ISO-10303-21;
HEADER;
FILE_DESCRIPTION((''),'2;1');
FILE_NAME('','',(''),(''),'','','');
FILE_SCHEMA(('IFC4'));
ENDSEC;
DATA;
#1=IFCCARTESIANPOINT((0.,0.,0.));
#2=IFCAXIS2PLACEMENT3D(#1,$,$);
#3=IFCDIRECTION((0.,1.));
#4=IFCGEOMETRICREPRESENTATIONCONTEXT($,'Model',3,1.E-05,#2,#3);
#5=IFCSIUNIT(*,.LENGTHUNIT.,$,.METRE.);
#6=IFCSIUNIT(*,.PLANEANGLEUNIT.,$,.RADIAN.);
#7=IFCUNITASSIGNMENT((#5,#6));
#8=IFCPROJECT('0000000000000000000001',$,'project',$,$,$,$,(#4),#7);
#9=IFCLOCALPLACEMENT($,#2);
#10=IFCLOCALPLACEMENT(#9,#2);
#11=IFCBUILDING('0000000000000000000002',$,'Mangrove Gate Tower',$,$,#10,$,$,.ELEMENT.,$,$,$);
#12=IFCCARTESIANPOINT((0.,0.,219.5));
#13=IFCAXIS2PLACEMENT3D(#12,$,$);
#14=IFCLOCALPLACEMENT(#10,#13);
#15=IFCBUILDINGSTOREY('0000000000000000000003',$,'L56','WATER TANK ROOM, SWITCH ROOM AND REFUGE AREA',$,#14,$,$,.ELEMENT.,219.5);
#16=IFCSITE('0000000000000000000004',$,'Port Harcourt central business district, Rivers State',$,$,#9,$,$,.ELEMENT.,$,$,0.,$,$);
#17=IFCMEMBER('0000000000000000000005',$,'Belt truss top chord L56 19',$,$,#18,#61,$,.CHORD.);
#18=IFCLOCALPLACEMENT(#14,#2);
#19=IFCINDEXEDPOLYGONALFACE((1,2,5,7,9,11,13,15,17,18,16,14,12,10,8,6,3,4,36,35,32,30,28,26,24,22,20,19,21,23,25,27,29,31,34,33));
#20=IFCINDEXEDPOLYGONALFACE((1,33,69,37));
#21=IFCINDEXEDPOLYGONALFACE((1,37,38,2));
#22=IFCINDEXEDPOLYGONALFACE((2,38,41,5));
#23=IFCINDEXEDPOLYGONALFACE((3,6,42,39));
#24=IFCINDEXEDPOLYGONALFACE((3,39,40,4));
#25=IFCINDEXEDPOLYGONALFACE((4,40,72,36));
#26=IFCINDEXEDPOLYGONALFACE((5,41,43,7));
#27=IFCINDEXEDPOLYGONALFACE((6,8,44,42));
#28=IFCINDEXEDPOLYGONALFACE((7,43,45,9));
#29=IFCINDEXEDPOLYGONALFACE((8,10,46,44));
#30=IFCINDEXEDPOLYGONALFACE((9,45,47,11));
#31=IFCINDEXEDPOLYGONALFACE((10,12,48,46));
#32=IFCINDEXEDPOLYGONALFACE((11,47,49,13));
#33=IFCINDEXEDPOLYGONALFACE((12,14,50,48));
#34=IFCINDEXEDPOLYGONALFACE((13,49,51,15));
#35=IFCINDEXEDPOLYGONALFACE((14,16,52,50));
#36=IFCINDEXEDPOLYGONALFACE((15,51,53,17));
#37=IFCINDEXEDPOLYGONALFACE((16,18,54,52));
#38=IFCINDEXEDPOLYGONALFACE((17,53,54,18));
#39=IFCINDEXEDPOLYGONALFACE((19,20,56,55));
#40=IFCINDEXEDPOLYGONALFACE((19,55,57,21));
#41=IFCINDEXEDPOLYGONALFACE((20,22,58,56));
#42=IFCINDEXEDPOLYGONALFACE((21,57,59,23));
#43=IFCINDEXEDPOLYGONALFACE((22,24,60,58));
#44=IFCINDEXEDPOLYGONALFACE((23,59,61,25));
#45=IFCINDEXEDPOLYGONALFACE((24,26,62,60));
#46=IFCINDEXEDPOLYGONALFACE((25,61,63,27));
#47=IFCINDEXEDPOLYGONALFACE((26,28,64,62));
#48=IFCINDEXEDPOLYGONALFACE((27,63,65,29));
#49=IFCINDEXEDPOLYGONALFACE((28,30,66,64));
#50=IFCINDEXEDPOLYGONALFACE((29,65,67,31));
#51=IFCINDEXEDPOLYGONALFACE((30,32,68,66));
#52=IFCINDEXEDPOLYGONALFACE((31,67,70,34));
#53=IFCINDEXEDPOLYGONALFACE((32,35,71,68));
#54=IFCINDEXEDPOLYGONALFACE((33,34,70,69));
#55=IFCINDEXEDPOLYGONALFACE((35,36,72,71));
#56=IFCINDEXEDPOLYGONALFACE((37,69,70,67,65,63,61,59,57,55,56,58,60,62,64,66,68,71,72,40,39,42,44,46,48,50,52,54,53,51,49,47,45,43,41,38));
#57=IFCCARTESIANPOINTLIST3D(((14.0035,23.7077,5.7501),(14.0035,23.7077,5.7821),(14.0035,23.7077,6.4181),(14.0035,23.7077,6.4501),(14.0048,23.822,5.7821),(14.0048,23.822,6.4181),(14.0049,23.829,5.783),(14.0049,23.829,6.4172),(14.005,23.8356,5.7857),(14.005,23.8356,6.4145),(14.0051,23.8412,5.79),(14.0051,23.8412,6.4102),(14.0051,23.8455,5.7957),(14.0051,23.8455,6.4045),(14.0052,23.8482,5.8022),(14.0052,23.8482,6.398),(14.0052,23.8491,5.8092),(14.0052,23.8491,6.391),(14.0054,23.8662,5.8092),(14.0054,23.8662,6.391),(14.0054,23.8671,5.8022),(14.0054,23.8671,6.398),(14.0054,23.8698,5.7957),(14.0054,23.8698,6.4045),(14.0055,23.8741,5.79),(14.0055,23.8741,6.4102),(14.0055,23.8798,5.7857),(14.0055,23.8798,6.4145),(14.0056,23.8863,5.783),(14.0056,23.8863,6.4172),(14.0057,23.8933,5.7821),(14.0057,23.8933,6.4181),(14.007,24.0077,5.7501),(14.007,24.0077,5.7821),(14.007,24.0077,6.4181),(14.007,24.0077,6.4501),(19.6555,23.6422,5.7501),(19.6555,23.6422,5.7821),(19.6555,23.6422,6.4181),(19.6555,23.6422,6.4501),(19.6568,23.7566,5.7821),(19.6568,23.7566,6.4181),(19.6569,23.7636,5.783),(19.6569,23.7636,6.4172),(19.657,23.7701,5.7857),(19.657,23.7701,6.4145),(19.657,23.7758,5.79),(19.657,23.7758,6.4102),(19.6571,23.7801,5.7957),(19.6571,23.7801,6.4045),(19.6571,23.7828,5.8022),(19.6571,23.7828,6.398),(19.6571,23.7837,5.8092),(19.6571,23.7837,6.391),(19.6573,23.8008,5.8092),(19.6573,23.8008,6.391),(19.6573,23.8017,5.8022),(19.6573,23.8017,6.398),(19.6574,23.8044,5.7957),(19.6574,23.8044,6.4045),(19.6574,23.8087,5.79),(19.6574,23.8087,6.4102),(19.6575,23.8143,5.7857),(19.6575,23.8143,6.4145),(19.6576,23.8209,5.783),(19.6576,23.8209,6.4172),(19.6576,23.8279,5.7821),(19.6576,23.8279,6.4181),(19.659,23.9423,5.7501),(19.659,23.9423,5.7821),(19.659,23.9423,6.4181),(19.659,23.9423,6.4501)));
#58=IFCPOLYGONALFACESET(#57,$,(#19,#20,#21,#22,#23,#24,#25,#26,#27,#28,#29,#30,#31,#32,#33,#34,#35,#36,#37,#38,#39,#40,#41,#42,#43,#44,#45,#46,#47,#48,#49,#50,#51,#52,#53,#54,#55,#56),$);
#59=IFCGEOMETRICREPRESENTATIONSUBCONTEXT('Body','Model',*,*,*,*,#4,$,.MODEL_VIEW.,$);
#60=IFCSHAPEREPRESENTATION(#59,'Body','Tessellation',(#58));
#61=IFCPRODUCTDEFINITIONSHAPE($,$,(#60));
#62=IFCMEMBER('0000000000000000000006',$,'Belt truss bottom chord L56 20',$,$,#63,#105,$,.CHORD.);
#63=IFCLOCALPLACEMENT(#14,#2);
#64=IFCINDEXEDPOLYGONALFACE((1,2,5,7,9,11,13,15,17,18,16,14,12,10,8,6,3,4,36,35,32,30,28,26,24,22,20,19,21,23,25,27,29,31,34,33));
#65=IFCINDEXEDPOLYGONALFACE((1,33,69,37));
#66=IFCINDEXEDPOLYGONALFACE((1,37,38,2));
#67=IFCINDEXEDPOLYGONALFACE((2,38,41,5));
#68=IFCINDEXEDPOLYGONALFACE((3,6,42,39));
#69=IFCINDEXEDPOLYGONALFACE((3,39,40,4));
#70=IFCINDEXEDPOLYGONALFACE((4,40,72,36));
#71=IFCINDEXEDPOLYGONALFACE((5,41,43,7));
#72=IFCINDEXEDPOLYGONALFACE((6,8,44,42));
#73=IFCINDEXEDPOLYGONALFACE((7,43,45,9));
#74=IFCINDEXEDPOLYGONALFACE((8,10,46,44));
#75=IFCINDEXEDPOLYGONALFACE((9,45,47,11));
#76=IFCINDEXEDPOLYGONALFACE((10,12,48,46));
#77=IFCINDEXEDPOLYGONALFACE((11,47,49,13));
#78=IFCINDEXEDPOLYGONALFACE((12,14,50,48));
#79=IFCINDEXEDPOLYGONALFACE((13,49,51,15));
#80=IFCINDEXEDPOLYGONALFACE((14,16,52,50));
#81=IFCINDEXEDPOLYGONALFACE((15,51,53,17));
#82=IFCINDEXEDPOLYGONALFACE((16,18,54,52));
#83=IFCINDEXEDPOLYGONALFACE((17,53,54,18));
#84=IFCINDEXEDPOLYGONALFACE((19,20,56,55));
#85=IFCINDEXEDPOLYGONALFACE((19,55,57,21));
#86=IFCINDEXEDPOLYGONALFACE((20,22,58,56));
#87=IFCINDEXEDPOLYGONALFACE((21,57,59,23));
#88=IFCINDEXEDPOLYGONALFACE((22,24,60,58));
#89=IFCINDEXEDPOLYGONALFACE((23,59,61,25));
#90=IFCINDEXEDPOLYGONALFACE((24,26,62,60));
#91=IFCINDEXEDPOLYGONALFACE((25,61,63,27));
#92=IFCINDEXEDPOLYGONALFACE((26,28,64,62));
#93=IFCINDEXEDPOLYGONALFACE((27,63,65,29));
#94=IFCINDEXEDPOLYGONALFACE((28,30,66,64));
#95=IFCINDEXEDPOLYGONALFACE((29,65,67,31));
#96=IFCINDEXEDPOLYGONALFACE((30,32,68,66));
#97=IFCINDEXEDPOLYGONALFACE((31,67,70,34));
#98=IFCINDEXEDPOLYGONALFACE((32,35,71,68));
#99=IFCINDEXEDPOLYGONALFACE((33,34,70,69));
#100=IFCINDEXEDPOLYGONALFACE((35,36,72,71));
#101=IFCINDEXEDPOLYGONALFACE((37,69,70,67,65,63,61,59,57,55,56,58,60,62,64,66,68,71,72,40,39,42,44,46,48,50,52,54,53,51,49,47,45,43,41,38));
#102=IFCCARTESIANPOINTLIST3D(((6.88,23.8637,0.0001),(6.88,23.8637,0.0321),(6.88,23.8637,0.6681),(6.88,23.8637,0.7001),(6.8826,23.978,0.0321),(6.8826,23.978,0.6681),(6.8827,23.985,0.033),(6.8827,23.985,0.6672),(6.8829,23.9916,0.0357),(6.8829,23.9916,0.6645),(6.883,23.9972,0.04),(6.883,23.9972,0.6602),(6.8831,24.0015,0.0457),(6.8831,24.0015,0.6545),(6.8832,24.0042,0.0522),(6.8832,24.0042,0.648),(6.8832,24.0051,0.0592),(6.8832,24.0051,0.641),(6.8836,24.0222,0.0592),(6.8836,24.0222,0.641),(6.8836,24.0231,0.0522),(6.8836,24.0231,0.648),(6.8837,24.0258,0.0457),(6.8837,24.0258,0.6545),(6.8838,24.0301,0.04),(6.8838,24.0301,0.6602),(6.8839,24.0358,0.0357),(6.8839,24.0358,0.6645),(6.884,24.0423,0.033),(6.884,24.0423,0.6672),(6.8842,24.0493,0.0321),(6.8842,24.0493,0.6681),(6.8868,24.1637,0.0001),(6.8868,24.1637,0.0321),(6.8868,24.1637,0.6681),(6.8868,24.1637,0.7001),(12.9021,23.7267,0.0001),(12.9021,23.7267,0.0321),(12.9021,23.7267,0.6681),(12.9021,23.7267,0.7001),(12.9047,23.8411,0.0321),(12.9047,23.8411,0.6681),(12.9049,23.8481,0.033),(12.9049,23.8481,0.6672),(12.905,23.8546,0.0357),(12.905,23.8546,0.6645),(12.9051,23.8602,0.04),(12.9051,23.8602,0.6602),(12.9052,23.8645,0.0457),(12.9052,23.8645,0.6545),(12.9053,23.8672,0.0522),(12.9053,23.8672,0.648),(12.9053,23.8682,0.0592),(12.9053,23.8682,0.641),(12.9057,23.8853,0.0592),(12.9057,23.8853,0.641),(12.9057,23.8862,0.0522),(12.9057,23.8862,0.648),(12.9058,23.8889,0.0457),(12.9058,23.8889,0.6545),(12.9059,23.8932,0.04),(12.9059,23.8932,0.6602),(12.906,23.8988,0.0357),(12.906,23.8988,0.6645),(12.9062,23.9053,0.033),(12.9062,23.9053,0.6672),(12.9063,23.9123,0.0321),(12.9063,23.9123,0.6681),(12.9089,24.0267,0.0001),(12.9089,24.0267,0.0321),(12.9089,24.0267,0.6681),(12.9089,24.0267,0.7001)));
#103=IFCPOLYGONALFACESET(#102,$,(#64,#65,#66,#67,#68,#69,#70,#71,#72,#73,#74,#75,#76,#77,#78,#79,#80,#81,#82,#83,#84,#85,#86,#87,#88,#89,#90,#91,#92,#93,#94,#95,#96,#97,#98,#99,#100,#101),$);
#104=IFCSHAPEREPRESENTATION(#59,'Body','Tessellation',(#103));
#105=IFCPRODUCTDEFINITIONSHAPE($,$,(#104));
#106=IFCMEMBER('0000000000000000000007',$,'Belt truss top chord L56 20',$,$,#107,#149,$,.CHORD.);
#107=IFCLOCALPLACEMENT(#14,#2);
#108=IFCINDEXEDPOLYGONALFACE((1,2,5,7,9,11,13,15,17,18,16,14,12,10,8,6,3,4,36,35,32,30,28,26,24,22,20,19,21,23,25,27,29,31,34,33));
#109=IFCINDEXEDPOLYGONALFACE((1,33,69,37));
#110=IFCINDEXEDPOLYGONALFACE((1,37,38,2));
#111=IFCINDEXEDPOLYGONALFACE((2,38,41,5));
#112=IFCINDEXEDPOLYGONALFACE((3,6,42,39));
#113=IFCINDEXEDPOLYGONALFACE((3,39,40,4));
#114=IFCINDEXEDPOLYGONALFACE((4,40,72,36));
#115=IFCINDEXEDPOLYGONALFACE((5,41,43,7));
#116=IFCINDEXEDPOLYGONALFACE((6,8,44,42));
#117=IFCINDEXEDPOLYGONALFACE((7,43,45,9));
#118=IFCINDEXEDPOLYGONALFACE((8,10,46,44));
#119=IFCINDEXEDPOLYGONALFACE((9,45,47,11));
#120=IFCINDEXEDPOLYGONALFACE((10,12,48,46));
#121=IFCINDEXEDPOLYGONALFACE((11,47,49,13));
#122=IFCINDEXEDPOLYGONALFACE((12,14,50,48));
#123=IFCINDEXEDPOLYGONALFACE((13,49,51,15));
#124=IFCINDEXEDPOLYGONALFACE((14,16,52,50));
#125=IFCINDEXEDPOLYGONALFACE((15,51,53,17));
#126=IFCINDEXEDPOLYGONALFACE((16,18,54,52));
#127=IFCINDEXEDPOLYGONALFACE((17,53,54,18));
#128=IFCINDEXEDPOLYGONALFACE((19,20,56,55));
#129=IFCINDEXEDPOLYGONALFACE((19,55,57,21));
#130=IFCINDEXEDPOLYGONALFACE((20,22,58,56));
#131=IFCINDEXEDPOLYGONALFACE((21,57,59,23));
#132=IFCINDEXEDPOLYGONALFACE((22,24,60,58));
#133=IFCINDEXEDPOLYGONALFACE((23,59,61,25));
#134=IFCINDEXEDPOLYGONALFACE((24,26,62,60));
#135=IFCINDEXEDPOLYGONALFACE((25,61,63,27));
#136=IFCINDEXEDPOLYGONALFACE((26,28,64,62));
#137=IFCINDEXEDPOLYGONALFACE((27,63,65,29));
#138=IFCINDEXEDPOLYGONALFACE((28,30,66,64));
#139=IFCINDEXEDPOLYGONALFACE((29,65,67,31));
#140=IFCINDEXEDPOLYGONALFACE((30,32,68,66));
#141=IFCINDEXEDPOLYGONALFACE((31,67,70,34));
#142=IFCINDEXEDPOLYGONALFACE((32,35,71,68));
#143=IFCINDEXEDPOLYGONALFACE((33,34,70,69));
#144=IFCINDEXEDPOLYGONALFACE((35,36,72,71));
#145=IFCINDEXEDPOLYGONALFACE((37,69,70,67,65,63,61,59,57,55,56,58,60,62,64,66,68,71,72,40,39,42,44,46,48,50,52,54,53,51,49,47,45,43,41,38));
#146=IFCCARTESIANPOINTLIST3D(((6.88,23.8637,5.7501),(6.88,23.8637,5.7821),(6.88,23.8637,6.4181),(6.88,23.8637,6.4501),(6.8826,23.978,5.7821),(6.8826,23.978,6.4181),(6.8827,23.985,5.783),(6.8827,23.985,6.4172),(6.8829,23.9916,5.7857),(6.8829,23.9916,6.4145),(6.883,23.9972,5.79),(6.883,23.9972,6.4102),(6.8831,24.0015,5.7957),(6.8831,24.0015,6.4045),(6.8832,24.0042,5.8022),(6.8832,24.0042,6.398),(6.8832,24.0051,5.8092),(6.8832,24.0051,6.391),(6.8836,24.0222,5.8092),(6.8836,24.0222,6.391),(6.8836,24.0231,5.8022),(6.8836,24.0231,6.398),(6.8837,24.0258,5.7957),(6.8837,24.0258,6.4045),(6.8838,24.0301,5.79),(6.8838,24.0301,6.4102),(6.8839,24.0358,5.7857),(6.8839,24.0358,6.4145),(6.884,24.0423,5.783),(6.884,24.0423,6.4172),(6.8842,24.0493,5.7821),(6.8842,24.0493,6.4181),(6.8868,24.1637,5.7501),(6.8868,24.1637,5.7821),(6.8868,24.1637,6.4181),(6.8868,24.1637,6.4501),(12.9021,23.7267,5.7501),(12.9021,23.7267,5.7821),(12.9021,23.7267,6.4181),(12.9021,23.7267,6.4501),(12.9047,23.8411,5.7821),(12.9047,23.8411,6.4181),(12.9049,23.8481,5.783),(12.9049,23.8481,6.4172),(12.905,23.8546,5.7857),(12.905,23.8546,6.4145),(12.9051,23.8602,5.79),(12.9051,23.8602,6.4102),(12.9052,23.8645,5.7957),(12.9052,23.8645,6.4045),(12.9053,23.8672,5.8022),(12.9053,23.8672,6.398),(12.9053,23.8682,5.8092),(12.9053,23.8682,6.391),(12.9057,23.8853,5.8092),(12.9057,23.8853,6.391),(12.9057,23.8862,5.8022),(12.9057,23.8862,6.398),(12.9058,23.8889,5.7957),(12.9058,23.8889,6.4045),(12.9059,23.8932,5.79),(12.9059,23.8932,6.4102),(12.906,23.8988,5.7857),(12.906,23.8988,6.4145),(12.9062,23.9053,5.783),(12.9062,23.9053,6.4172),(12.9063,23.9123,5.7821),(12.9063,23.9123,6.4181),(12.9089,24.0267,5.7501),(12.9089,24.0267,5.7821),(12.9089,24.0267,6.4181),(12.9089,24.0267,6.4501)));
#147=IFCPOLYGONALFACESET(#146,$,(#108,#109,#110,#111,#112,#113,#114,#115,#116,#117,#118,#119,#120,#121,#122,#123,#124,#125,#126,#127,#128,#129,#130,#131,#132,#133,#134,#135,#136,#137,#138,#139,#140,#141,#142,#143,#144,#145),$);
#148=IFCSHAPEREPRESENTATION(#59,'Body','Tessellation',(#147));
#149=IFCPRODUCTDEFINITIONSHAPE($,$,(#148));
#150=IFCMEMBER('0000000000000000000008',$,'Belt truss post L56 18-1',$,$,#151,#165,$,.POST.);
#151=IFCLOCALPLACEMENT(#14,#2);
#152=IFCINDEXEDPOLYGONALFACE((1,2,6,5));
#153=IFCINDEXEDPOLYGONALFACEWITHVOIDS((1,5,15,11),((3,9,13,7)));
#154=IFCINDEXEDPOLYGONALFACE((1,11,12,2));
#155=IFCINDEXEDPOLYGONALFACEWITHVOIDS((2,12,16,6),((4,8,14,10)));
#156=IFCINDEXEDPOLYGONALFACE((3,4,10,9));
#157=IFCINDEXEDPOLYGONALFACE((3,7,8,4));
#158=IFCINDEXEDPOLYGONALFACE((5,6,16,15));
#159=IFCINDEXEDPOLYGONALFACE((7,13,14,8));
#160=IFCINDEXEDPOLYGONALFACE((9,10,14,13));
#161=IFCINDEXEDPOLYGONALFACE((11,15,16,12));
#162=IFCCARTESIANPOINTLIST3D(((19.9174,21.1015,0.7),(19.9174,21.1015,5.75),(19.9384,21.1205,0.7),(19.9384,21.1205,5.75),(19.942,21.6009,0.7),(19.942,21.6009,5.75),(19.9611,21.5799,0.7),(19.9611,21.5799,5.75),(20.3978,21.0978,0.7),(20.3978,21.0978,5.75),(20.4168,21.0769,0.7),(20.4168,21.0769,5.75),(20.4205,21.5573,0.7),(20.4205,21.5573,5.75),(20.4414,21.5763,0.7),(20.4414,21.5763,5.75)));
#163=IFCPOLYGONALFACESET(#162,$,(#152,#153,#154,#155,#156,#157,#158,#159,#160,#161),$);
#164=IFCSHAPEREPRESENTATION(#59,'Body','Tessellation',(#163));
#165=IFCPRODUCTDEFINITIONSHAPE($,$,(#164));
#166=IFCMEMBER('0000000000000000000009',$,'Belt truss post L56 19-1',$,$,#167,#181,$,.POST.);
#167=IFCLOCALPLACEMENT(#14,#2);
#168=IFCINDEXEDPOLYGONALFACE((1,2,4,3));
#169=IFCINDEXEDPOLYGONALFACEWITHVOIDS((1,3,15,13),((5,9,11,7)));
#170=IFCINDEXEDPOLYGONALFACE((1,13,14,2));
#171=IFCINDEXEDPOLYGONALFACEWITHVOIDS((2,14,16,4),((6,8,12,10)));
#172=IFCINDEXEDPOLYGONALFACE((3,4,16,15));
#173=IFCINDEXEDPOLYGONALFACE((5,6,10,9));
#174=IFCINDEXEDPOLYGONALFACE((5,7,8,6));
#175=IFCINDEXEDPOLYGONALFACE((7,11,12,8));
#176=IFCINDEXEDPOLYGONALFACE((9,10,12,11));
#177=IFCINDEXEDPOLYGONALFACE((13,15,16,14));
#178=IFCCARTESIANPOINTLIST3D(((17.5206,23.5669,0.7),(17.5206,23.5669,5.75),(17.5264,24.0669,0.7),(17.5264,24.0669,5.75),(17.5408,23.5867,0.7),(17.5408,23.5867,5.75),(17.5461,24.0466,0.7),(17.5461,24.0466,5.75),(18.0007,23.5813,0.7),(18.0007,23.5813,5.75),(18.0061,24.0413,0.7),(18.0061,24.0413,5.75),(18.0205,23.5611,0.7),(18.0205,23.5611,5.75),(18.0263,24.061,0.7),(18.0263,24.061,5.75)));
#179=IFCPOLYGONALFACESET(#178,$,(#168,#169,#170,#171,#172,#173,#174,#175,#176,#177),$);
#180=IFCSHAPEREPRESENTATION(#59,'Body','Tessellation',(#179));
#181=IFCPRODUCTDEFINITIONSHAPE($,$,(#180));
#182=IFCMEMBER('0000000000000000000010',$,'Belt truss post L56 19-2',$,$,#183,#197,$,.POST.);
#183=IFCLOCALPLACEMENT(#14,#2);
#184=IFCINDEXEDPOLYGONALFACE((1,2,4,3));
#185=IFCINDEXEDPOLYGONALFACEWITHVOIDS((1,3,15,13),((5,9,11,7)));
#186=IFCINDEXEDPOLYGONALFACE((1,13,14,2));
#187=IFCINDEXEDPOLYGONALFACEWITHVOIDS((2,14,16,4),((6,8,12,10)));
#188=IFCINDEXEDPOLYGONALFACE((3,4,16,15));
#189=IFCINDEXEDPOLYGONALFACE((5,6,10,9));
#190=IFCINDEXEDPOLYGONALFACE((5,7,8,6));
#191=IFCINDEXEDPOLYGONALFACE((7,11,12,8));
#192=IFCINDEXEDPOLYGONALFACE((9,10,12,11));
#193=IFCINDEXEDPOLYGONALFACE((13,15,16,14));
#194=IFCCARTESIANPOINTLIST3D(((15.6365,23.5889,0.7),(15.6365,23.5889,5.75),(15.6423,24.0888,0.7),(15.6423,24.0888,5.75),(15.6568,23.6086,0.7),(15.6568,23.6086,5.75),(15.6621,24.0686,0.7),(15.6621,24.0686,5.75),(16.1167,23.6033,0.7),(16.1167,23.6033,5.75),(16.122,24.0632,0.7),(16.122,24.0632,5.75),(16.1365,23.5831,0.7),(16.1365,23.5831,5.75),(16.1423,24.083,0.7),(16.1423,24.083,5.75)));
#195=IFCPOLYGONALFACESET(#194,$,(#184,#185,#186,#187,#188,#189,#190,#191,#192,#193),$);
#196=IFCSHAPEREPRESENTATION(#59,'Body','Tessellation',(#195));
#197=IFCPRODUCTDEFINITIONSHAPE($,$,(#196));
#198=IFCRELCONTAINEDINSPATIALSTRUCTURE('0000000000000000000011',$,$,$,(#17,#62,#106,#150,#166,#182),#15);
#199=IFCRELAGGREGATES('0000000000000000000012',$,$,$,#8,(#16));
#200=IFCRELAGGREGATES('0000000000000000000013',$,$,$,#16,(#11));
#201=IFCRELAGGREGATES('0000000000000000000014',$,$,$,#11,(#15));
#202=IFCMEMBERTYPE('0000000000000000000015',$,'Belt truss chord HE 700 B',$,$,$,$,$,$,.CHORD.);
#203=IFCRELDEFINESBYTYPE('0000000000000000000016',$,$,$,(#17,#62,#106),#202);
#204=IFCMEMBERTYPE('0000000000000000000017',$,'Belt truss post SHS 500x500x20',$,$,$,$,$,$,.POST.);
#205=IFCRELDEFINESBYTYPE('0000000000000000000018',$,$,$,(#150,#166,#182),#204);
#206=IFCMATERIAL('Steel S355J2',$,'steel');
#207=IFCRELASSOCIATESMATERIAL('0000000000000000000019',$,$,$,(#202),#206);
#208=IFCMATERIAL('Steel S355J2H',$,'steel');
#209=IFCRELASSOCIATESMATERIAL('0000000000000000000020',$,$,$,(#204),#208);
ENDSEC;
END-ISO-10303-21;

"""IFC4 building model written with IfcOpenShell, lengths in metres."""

from ifc_helpers import new_model, si_unit, direction, frame, origin, origin_2d, place, context, subcontext, project, spatial, hollow_rectangle, i_section, extrude, material, material_profile, profile_set, type_object, element, save


model = new_model("IFC4")

# Units and contexts
model_context = context("Model", 3, precision=1e-05, world=origin(), true_north=direction((0.0, 1.0)))
body_context = subcontext(model_context, "Body", "Model", "MODEL_VIEW")
ifc_project = project(units=[si_unit("LENGTHUNIT", "METRE"), si_unit("PLANEANGLEUNIT", "RADIAN")], contexts=[model_context])

# Site, building, storey
site_placement = place(None, origin())
site = spatial("IfcSite", under=ifc_project, at=site_placement, Name="Port Harcourt central business district, Rivers State", CompositionType="ELEMENT", RefElevation=0.0)
building_placement = place(site_placement, origin())
building = spatial("IfcBuilding", under=site, at=building_placement, Name="Mangrove Gate Tower", CompositionType="ELEMENT")
storey_placement = place(building_placement, frame((0.0, 0.0, 219.5)))
storey = spatial("IfcBuildingStorey", under=building, at=storey_placement, Name="L56", Description="WATER TANK ROOM, SWITCH ROOM AND REFUGE AREA", CompositionType="ELEMENT", Elevation=219.5)

# Members
ifc_material_1 = material(Name="Steel S355J2", Category="steel")
ifc_material_profile_1 = material_profile(ifc_material_1, i_section(OverallWidth=0.3, OverallDepth=0.7, WebThickness=0.0171, FlangeThickness=0.032, FilletRadius=0.0271, at=origin_2d()))
ifc_profile_set_1 = profile_set([ifc_material_profile_1], Name="Steel S355J2")
member_type_1 = type_object("IfcMemberType", Name="Belt truss chord HE 700 B", PredefinedType="CHORD", material=ifc_profile_set_1)
for number, where, z_axis, x_axis, name in (
    (1, (19.6572, 23.7922, 6.1001), (-0.999933, 0.011576, 0.0), (-0.011576, -0.999933, 0.0), "Belt truss top chord L56 19"),
):
    element("IfcMember", number, at=place(storey_placement, frame(where, z_axis=z_axis, x_axis=x_axis)), inside=storey, type_object=member_type_1, Name=name, PredefinedType="CHORD", context=body_context, shape_type="SweptSolid", body=[
        extrude(i_section(OverallWidth=0.3, OverallDepth=0.7, WebThickness=0.0171, FlangeThickness=0.032, FilletRadius=0.0271, at=origin_2d()), origin(), (0.0, 0.0, 1.0), 5.6523),
    ])
for number, where, z_axis, x_axis, name in (
    (2, (12.9055, 23.8767, 0.3501), (-0.999741, 0.022737, 0.0), (-0.022737, -0.999741, 0.0), "Belt truss bottom chord L56 20"),
    (3, (12.9055, 23.8767, 6.1001), (-0.999741, 0.022737, 0.0), (-0.022737, -0.999741, 0.0), "Belt truss top chord L56 20"),
):
    element("IfcMember", number, at=place(storey_placement, frame(where, z_axis=z_axis, x_axis=x_axis)), inside=storey, type_object=member_type_1, Name=name, PredefinedType="CHORD", context=body_context, shape_type="SweptSolid", body=[
        extrude(i_section(OverallWidth=0.3, OverallDepth=0.7, WebThickness=0.0171, FlangeThickness=0.032, FilletRadius=0.0271, at=origin_2d()), origin(), (0.0, 0.0, 1.0), 6.0237),
    ])
ifc_material_2 = material(Name="Steel S355J2H", Category="steel")
ifc_material_profile_2 = material_profile(ifc_material_2, hollow_rectangle(XDim=0.5, YDim=0.5, WallThickness=0.02, at=origin_2d()))
ifc_profile_set_2 = profile_set([ifc_material_profile_2], Name="Steel S355J2H")
member_type_2 = type_object("IfcMemberType", Name="Belt truss post SHS 500x500x20", PredefinedType="POST", material=ifc_profile_set_2)
for number, where, z_axis, x_axis, name in (
    (4, (20.1794, 21.3389, 0.7), (0.0, 0.0, 1.0), (0.049211, 0.998788, 0.0), "Belt truss post L56 18-1"),
    (5, (17.7734, 23.814, 0.7), (0.0, 0.0, 1.0), (-0.999933, 0.011609, 0.0), "Belt truss post L56 19-1"),
    (6, (15.8894, 23.8359, 0.7), (0.0, 0.0, 1.0), (-0.999933, 0.011609, 0.0), "Belt truss post L56 19-2"),
):
    element("IfcMember", number, at=place(storey_placement, frame(where, z_axis=z_axis, x_axis=x_axis)), inside=storey, type_object=member_type_2, Name=name, PredefinedType="POST", context=body_context, shape_type="SweptSolid", body=[
        extrude(hollow_rectangle(XDim=0.5, YDim=0.5, WallThickness=0.02, at=origin_2d()), origin(), (0.0, 0.0, 1.0), 5.05),
    ])

save(model, "model.ifc")
